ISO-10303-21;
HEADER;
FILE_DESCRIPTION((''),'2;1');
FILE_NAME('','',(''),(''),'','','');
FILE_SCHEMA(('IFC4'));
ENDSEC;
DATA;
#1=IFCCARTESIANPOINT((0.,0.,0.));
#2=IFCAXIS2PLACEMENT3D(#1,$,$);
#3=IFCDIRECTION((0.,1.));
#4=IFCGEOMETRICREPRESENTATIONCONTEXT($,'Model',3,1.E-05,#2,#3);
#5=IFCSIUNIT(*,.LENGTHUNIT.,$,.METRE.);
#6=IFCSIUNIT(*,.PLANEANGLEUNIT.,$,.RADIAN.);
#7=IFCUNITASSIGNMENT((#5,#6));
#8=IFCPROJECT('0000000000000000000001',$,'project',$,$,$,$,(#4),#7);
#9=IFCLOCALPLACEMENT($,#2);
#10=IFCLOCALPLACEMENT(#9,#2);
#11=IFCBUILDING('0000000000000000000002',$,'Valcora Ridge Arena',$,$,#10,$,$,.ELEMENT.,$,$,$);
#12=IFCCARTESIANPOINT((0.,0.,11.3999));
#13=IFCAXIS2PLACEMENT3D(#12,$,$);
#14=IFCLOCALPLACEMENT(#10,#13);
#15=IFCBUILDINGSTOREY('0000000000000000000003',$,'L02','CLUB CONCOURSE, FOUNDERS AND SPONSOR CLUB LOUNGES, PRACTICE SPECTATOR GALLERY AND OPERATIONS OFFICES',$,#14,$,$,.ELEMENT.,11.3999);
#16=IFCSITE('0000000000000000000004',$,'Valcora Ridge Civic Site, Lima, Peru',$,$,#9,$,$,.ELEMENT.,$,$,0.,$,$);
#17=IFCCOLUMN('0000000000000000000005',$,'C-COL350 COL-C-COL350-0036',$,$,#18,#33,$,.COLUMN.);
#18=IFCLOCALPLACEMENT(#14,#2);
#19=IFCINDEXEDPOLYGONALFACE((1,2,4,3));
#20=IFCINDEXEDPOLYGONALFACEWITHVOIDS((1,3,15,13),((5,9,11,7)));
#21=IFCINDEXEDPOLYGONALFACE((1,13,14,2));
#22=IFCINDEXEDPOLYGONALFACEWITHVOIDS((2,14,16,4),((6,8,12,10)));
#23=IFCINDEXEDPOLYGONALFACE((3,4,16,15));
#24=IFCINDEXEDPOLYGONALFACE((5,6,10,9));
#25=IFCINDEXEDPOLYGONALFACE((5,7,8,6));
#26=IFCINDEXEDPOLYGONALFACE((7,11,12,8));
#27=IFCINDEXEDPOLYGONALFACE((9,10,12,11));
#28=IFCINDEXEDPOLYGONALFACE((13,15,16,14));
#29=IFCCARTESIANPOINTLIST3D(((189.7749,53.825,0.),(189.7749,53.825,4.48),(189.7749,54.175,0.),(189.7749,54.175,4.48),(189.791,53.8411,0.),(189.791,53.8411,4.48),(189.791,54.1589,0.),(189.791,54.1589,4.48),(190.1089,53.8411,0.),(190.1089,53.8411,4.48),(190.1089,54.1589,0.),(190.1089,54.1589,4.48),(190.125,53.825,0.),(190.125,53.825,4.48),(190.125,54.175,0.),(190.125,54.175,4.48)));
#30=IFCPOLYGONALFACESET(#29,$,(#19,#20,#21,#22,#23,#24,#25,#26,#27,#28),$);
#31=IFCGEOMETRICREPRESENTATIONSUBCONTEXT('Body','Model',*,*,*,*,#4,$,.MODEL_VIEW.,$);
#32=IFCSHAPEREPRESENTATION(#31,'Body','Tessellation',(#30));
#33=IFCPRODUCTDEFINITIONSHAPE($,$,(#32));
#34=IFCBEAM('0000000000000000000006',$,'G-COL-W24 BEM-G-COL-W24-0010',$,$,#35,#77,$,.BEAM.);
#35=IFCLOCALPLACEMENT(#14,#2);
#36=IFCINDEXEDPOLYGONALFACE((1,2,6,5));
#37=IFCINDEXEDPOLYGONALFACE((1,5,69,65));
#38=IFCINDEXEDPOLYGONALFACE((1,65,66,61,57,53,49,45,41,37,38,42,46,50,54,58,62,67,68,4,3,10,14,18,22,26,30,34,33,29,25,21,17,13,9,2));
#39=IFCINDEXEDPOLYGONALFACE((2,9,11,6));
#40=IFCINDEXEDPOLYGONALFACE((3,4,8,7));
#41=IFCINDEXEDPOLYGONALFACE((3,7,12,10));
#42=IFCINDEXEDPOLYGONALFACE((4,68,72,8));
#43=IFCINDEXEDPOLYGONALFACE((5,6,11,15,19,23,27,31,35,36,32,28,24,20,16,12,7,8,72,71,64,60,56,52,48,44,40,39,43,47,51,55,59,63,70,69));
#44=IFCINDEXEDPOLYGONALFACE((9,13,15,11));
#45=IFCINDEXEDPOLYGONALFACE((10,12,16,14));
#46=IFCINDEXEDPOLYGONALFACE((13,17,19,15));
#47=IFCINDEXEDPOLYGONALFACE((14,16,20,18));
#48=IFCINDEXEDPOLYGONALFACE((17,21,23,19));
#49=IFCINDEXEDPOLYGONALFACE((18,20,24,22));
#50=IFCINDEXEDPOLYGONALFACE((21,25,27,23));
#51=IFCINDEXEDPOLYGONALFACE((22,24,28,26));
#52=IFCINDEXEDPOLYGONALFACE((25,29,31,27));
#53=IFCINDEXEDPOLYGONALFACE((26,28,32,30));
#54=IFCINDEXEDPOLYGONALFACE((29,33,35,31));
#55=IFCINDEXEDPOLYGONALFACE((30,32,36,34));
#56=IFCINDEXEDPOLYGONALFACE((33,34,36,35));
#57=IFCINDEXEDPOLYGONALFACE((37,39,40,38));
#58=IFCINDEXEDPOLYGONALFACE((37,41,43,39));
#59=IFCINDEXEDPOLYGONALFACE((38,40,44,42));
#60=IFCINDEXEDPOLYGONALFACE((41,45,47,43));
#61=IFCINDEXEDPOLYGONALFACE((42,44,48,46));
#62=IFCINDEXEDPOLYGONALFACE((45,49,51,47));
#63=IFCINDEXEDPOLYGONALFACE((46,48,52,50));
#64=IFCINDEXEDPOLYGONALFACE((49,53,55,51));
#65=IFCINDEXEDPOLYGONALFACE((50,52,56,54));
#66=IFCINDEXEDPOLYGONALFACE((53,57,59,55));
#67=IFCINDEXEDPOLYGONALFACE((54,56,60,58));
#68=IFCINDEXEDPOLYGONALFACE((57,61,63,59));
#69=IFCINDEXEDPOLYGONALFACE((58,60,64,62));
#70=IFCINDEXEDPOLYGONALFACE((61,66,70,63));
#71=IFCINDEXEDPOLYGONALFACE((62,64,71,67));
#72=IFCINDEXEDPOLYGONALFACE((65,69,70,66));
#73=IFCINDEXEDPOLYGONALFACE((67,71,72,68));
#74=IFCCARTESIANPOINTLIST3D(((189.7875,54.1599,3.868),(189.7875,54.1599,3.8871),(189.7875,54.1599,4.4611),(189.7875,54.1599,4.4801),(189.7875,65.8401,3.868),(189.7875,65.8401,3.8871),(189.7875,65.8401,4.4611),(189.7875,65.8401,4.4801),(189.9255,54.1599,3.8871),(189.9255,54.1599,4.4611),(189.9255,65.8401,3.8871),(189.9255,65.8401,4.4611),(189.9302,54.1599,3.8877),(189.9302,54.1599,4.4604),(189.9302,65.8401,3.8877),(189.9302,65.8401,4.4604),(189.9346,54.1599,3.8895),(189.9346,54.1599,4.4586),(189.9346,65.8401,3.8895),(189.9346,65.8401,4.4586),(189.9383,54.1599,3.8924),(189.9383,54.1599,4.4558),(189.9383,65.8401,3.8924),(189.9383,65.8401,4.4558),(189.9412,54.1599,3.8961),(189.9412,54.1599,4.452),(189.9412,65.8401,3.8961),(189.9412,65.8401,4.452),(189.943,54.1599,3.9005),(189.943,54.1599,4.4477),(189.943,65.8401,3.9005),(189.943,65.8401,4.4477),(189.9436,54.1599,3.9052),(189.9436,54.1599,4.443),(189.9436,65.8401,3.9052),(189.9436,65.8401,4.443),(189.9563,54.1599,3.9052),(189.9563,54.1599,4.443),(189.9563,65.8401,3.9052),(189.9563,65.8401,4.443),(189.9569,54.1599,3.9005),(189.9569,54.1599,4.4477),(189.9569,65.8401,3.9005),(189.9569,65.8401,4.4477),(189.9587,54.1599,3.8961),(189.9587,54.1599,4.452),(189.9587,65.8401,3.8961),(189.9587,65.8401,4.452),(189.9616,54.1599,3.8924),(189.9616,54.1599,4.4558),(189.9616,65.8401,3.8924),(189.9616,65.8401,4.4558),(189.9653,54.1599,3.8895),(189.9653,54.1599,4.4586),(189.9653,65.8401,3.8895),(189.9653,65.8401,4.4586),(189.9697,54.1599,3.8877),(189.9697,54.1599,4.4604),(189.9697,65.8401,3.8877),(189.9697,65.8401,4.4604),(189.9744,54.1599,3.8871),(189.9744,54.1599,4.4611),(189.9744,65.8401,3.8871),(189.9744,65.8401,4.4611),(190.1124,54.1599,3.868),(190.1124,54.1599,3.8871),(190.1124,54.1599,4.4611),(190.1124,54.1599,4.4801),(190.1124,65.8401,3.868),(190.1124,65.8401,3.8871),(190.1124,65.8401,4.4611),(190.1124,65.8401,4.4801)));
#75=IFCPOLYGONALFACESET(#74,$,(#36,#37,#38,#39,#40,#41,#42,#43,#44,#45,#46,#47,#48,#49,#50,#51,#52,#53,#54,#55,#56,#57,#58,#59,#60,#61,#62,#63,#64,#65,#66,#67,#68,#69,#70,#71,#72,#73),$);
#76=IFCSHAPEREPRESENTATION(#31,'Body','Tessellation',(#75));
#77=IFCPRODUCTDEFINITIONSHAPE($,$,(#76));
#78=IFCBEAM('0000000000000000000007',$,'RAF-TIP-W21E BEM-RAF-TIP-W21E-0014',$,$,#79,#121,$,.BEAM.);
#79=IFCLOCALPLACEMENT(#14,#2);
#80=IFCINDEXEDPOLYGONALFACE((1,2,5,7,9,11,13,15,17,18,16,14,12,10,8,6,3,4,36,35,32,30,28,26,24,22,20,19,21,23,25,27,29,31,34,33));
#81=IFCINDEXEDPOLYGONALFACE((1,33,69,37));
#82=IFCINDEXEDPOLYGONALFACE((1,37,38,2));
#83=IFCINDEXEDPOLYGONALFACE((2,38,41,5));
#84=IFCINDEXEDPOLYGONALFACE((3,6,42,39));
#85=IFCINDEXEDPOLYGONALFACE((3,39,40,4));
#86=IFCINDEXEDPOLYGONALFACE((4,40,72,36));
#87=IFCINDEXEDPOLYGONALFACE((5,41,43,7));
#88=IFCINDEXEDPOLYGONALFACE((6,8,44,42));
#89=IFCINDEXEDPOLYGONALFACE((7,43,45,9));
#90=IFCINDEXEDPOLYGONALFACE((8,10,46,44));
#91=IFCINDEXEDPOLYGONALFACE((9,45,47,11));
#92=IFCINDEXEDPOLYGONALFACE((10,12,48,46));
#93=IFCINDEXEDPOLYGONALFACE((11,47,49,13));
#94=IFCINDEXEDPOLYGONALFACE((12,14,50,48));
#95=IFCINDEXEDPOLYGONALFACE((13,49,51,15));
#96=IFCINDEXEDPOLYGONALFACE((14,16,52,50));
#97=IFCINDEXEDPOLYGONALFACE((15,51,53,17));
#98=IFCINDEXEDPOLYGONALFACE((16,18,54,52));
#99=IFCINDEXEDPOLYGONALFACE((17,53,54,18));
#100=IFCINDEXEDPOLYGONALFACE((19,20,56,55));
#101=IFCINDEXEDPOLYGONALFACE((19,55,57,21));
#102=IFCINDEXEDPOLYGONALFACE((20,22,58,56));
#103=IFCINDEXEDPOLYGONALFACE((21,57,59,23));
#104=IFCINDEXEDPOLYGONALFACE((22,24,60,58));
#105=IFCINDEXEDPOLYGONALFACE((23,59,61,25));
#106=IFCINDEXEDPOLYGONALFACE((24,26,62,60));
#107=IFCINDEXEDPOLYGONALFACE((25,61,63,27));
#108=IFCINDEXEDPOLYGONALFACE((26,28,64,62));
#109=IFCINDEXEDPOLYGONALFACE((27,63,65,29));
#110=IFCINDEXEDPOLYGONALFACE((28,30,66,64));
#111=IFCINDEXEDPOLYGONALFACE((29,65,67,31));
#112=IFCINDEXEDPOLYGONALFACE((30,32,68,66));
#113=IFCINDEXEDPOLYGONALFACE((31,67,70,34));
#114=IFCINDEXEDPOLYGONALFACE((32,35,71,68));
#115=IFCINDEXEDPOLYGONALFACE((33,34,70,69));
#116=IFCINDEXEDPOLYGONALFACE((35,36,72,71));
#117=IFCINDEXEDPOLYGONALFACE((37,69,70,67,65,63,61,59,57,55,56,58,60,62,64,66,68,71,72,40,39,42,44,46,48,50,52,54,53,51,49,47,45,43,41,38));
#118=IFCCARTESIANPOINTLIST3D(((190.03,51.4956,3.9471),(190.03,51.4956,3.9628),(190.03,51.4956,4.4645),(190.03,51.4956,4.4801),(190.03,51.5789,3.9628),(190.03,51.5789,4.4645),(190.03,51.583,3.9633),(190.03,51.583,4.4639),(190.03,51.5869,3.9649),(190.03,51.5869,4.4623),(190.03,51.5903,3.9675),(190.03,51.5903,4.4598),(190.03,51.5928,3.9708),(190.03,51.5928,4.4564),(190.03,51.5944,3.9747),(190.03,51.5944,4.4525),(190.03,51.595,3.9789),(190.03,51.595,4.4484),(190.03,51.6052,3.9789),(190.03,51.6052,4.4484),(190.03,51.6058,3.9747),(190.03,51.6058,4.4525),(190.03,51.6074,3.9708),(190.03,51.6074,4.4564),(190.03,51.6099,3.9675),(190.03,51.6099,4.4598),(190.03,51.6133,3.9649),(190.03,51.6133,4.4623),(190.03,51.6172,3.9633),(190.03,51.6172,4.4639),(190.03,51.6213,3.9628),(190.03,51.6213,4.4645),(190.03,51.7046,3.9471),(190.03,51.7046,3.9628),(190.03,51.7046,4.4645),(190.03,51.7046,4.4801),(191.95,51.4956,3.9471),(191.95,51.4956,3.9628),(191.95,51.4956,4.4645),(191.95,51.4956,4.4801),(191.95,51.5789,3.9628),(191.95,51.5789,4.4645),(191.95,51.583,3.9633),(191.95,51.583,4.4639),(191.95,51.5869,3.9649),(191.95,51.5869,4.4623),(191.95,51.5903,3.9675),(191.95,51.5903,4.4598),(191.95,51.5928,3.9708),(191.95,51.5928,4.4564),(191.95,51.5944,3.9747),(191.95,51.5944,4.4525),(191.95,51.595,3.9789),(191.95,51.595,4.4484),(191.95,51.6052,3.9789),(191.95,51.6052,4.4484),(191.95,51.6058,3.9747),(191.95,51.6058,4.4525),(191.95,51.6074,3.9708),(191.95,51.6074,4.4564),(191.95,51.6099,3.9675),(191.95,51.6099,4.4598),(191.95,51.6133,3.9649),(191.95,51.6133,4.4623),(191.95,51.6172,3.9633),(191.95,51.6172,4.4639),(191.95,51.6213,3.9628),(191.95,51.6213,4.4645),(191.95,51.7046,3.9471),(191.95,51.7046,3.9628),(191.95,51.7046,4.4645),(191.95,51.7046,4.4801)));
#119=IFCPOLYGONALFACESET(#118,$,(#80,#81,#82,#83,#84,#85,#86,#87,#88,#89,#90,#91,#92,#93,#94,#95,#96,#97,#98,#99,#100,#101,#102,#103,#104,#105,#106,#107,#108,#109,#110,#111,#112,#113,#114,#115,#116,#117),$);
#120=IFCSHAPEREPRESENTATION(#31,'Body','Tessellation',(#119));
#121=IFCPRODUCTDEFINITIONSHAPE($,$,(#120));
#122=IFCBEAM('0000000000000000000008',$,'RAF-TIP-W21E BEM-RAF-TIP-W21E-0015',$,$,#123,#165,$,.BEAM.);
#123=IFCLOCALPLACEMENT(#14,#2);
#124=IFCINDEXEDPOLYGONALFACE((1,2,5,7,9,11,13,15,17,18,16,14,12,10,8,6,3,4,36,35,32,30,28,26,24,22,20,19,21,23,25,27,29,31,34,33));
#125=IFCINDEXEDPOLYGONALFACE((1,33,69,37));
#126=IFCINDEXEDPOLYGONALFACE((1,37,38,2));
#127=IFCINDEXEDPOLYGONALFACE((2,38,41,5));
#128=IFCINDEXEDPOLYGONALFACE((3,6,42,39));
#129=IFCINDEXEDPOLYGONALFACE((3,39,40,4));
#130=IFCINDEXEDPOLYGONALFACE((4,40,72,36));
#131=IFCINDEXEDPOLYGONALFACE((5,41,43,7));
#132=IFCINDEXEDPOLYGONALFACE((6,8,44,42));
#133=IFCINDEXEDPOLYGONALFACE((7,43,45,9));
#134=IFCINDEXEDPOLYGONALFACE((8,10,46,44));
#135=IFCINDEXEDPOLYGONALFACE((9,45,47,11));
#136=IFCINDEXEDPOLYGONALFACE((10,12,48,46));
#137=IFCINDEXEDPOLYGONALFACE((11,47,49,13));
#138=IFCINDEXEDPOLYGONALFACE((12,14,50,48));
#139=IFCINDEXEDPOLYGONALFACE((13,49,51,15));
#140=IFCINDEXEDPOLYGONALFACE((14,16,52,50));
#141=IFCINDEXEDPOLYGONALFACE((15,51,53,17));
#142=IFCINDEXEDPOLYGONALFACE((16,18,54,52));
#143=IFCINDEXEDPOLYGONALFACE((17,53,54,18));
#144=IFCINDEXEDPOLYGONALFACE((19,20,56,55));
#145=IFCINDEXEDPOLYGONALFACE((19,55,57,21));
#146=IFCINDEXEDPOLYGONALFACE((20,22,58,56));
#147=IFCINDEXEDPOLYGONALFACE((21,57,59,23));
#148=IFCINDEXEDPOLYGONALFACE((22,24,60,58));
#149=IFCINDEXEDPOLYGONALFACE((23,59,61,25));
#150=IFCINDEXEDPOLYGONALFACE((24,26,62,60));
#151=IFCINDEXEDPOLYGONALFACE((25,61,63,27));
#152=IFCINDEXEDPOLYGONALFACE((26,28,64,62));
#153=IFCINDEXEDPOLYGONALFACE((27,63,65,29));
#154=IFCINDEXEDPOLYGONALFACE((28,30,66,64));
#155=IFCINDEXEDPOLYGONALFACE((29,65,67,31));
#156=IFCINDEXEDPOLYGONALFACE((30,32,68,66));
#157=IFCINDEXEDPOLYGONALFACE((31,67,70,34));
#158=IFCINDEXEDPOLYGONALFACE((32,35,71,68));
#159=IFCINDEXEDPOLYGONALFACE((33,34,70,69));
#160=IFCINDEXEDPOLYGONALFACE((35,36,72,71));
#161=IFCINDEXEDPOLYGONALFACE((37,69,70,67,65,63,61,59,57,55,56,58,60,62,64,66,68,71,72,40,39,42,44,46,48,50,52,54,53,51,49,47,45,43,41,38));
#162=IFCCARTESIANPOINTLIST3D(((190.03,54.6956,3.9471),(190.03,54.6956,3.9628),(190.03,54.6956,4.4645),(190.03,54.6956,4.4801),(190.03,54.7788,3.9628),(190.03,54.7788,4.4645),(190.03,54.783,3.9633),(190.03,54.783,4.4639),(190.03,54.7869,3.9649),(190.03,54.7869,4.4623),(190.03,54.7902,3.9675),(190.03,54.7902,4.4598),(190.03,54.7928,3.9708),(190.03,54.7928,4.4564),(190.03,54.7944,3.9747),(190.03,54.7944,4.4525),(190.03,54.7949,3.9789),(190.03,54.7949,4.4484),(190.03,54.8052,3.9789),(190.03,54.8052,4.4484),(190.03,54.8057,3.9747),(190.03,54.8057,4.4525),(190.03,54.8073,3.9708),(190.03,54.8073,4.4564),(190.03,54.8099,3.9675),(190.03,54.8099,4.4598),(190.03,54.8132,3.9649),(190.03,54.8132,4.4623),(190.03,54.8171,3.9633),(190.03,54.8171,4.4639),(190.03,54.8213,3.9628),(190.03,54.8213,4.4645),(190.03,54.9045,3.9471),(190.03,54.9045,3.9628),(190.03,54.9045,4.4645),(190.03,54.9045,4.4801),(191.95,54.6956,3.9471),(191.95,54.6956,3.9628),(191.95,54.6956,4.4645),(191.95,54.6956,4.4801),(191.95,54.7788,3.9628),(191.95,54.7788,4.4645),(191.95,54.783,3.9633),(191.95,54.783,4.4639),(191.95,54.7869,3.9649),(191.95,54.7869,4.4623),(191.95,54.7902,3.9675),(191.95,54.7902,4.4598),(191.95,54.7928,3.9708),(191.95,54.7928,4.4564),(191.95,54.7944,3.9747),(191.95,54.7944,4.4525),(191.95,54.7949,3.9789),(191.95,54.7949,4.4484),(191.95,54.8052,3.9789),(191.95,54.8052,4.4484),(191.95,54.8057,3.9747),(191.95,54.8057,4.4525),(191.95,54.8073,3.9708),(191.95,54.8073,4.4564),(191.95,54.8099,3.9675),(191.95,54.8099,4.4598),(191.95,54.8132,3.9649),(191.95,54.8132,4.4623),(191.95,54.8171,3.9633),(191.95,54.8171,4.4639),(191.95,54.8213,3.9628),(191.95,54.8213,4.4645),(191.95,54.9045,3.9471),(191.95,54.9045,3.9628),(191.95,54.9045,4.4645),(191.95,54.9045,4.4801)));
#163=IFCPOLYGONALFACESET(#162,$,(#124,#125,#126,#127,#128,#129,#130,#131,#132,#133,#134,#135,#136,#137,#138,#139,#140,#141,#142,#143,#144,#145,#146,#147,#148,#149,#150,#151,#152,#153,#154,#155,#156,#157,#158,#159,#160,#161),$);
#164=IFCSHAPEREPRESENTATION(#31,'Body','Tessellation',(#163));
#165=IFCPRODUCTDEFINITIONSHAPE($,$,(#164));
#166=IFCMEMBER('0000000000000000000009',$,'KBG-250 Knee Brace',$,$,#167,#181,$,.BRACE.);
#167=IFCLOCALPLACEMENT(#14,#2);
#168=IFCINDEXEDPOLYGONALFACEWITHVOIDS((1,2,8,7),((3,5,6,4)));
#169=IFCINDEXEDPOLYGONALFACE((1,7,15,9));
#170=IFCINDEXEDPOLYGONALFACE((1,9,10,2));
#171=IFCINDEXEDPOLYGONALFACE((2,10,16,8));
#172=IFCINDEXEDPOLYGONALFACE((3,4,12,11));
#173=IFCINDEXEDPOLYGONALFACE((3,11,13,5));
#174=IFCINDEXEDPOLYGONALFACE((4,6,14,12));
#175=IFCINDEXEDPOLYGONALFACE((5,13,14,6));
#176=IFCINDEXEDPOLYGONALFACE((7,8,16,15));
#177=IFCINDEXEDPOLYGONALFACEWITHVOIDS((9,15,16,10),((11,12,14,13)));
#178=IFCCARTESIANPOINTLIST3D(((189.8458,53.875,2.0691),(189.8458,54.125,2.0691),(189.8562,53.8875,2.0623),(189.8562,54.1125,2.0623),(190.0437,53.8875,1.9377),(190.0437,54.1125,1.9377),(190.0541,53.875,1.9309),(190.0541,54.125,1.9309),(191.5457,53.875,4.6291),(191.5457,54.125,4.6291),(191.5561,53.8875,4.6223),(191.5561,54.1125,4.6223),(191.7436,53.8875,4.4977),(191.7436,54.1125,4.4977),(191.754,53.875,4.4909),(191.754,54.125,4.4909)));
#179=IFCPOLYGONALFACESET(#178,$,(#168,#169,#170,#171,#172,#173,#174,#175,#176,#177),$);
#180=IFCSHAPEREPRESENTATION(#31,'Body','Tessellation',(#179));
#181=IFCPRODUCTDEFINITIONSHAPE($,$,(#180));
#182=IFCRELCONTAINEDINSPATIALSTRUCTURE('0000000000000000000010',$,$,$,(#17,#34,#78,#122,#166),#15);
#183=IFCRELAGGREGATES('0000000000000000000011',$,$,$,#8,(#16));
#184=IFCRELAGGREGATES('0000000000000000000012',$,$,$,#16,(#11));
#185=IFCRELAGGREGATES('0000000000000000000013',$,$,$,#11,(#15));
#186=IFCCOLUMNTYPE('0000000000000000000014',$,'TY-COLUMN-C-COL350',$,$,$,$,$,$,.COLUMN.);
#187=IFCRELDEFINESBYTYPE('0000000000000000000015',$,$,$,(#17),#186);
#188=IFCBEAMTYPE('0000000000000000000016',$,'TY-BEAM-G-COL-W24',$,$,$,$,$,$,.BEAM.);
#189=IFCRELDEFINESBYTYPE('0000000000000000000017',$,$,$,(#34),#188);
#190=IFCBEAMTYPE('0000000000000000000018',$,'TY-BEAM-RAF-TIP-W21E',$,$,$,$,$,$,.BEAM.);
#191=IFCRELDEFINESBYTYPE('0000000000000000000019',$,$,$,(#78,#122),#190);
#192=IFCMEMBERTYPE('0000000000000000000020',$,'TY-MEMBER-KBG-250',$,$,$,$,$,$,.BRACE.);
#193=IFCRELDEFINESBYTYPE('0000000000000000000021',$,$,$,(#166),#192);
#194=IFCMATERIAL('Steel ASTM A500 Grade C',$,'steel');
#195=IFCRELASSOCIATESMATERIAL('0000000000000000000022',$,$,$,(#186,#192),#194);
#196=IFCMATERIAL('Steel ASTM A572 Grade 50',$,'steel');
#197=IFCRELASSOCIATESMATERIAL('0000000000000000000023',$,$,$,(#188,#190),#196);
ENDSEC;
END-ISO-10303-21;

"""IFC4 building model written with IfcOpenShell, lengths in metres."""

from ifc_helpers import new_model, si_unit, direction, frame, origin, origin_2d, place, context, subcontext, project, spatial, hollow_rectangle, i_section, extrude, material, material_profile, profile_set, type_object, element, save


model = new_model("IFC4")

# Units and contexts
model_context = context("Model", 3, precision=1e-05, world=origin(), true_north=direction((0.0, 1.0)))
body_context = subcontext(model_context, "Body", "Model", "MODEL_VIEW")
ifc_project = project(units=[si_unit("LENGTHUNIT", "METRE"), si_unit("PLANEANGLEUNIT", "RADIAN")], contexts=[model_context])

# Site, building, storey
site_placement = place(None, origin())
site = spatial("IfcSite", under=ifc_project, at=site_placement, Name="Valcora Ridge Civic Site, Lima, Peru", CompositionType="ELEMENT", RefElevation=0.0)
building_placement = place(site_placement, origin())
building = spatial("IfcBuilding", under=site, at=building_placement, Name="Valcora Ridge Arena", CompositionType="ELEMENT")
storey_placement = place(building_placement, frame((0.0, 0.0, 11.3999)))
storey = spatial("IfcBuildingStorey", under=building, at=storey_placement, Name="L02", Description="CLUB CONCOURSE, FOUNDERS AND SPONSOR CLUB LOUNGES, PRACTICE SPECTATOR GALLERY AND OPERATIONS OFFICES", CompositionType="ELEMENT", Elevation=11.3999)

# Column
ifc_material_1 = material(Name="Steel ASTM A500 Grade C", Category="steel")
ifc_material_profile_1 = material_profile(ifc_material_1, hollow_rectangle(XDim=0.3501, YDim=0.3501, WallThickness=0.0161, at=origin_2d()), Name="HSS350X350X16")
ifc_profile_set_1 = profile_set([ifc_material_profile_1], Name="Steel ASTM A500 Grade C")
column_type = type_object("IfcColumnType", Name="TY-COLUMN-C-COL350", PredefinedType="COLUMN", material=ifc_profile_set_1)
column_placement = place(storey_placement, frame((189.95, 54.0, 0.0), z_axis=(0.0, 0.0, 1.0), x_axis=(1.0, 0.0, 0.0)))
element("IfcColumn", 1, at=column_placement, inside=storey, type_object=column_type, Name="C-COL350 COL-C-COL350-0036", PredefinedType="COLUMN", context=body_context, shape_type="SweptSolid", body=[
    extrude(hollow_rectangle(XDim=0.3501, YDim=0.3501, WallThickness=0.0161, at=origin_2d()), origin(), (0.0, 0.0, 1.0), 4.48),
])

# Beams
ifc_material_2 = material(Name="Steel ASTM A572 Grade 50", Category="steel")
ifc_material_profile_2 = material_profile(ifc_material_2, i_section(OverallWidth=0.325, OverallDepth=0.6121, WebThickness=0.0127, FlangeThickness=0.019, FilletRadius=0.0181, at=origin_2d()), Name="W24X104")
ifc_profile_set_2 = profile_set([ifc_material_profile_2], Name="Steel ASTM A572 Grade 50")
beam_type_1 = type_object("IfcBeamType", Name="TY-BEAM-G-COL-W24", PredefinedType="BEAM", material=ifc_profile_set_2)
beam_placement = place(storey_placement, frame((189.95, 54.1599, 4.1741), z_axis=(0.0, 1.0, 0.0), x_axis=(-1.0, 0.0, 0.0)))
element("IfcBeam", 2, at=beam_placement, inside=storey, type_object=beam_type_1, Name="G-COL-W24 BEM-G-COL-W24-0010", PredefinedType="BEAM", context=body_context, shape_type="SweptSolid", body=[
    extrude(i_section(OverallWidth=0.325, OverallDepth=0.6121, WebThickness=0.0127, FlangeThickness=0.019, FilletRadius=0.0181, at=origin_2d()), origin(), (0.0, 0.0, 1.0), 11.6802),
])
ifc_material_profile_3 = material_profile(ifc_material_2, i_section(OverallWidth=0.209, OverallDepth=0.533, WebThickness=0.0103, FlangeThickness=0.0156, FilletRadius=0.0161, at=origin_2d()), Name="W21X62")
ifc_profile_set_3 = profile_set([ifc_material_profile_3], Name="Steel ASTM A572 Grade 50")
beam_type_2 = type_object("IfcBeamType", Name="TY-BEAM-RAF-TIP-W21E", PredefinedType="BEAM", material=ifc_profile_set_3)
for number, where, z_axis, x_axis, name in (
    (3, (190.03, 51.6001, 4.2136), (1.0, 0.0, 0.0), (0.0, 1.0, 0.0), "RAF-TIP-W21E BEM-RAF-TIP-W21E-0014"),
    (4, (190.03, 54.8, 4.2136), (1.0, 0.0, 0.0), (0.0, 1.0, 0.0), "RAF-TIP-W21E BEM-RAF-TIP-W21E-0015"),
):
    element("IfcBeam", number, at=place(storey_placement, frame(where, z_axis=z_axis, x_axis=x_axis)), inside=storey, type_object=beam_type_2, Name=name, PredefinedType="BEAM", context=body_context, shape_type="SweptSolid", body=[
        extrude(i_section(OverallWidth=0.209, OverallDepth=0.533, WebThickness=0.0103, FlangeThickness=0.0156, FilletRadius=0.0161, at=origin_2d()), origin(), (0.0, 0.0, 1.0), 1.9199),
    ])

# Member
ifc_material_profile_4 = material_profile(ifc_material_1, hollow_rectangle(XDim=0.25, YDim=0.25, WallThickness=0.0125, at=origin_2d()), Name="HSS250X250X12")
ifc_profile_set_4 = profile_set([ifc_material_profile_4], Name="Steel ASTM A500 Grade C")
member_type = type_object("IfcMemberType", Name="TY-MEMBER-KBG-250", PredefinedType="BRACE", material=ifc_profile_set_4)
member_placement = place(storey_placement, frame((189.95, 54.0, 2.0), z_axis=(0.553178, 0.0, 0.833063), x_axis=(0.0, 1.0, 0.0)))
element("IfcMember", 5, at=member_placement, inside=storey, type_object=member_type, Name="KBG-250 Knee Brace", PredefinedType="BRACE", context=body_context, shape_type="SweptSolid", body=[
    extrude(hollow_rectangle(XDim=0.25, YDim=0.25, WallThickness=0.0125, at=origin_2d()), origin(), (0.0, 0.0, 1.0), 3.073),
])

save(model, "model.ifc")
